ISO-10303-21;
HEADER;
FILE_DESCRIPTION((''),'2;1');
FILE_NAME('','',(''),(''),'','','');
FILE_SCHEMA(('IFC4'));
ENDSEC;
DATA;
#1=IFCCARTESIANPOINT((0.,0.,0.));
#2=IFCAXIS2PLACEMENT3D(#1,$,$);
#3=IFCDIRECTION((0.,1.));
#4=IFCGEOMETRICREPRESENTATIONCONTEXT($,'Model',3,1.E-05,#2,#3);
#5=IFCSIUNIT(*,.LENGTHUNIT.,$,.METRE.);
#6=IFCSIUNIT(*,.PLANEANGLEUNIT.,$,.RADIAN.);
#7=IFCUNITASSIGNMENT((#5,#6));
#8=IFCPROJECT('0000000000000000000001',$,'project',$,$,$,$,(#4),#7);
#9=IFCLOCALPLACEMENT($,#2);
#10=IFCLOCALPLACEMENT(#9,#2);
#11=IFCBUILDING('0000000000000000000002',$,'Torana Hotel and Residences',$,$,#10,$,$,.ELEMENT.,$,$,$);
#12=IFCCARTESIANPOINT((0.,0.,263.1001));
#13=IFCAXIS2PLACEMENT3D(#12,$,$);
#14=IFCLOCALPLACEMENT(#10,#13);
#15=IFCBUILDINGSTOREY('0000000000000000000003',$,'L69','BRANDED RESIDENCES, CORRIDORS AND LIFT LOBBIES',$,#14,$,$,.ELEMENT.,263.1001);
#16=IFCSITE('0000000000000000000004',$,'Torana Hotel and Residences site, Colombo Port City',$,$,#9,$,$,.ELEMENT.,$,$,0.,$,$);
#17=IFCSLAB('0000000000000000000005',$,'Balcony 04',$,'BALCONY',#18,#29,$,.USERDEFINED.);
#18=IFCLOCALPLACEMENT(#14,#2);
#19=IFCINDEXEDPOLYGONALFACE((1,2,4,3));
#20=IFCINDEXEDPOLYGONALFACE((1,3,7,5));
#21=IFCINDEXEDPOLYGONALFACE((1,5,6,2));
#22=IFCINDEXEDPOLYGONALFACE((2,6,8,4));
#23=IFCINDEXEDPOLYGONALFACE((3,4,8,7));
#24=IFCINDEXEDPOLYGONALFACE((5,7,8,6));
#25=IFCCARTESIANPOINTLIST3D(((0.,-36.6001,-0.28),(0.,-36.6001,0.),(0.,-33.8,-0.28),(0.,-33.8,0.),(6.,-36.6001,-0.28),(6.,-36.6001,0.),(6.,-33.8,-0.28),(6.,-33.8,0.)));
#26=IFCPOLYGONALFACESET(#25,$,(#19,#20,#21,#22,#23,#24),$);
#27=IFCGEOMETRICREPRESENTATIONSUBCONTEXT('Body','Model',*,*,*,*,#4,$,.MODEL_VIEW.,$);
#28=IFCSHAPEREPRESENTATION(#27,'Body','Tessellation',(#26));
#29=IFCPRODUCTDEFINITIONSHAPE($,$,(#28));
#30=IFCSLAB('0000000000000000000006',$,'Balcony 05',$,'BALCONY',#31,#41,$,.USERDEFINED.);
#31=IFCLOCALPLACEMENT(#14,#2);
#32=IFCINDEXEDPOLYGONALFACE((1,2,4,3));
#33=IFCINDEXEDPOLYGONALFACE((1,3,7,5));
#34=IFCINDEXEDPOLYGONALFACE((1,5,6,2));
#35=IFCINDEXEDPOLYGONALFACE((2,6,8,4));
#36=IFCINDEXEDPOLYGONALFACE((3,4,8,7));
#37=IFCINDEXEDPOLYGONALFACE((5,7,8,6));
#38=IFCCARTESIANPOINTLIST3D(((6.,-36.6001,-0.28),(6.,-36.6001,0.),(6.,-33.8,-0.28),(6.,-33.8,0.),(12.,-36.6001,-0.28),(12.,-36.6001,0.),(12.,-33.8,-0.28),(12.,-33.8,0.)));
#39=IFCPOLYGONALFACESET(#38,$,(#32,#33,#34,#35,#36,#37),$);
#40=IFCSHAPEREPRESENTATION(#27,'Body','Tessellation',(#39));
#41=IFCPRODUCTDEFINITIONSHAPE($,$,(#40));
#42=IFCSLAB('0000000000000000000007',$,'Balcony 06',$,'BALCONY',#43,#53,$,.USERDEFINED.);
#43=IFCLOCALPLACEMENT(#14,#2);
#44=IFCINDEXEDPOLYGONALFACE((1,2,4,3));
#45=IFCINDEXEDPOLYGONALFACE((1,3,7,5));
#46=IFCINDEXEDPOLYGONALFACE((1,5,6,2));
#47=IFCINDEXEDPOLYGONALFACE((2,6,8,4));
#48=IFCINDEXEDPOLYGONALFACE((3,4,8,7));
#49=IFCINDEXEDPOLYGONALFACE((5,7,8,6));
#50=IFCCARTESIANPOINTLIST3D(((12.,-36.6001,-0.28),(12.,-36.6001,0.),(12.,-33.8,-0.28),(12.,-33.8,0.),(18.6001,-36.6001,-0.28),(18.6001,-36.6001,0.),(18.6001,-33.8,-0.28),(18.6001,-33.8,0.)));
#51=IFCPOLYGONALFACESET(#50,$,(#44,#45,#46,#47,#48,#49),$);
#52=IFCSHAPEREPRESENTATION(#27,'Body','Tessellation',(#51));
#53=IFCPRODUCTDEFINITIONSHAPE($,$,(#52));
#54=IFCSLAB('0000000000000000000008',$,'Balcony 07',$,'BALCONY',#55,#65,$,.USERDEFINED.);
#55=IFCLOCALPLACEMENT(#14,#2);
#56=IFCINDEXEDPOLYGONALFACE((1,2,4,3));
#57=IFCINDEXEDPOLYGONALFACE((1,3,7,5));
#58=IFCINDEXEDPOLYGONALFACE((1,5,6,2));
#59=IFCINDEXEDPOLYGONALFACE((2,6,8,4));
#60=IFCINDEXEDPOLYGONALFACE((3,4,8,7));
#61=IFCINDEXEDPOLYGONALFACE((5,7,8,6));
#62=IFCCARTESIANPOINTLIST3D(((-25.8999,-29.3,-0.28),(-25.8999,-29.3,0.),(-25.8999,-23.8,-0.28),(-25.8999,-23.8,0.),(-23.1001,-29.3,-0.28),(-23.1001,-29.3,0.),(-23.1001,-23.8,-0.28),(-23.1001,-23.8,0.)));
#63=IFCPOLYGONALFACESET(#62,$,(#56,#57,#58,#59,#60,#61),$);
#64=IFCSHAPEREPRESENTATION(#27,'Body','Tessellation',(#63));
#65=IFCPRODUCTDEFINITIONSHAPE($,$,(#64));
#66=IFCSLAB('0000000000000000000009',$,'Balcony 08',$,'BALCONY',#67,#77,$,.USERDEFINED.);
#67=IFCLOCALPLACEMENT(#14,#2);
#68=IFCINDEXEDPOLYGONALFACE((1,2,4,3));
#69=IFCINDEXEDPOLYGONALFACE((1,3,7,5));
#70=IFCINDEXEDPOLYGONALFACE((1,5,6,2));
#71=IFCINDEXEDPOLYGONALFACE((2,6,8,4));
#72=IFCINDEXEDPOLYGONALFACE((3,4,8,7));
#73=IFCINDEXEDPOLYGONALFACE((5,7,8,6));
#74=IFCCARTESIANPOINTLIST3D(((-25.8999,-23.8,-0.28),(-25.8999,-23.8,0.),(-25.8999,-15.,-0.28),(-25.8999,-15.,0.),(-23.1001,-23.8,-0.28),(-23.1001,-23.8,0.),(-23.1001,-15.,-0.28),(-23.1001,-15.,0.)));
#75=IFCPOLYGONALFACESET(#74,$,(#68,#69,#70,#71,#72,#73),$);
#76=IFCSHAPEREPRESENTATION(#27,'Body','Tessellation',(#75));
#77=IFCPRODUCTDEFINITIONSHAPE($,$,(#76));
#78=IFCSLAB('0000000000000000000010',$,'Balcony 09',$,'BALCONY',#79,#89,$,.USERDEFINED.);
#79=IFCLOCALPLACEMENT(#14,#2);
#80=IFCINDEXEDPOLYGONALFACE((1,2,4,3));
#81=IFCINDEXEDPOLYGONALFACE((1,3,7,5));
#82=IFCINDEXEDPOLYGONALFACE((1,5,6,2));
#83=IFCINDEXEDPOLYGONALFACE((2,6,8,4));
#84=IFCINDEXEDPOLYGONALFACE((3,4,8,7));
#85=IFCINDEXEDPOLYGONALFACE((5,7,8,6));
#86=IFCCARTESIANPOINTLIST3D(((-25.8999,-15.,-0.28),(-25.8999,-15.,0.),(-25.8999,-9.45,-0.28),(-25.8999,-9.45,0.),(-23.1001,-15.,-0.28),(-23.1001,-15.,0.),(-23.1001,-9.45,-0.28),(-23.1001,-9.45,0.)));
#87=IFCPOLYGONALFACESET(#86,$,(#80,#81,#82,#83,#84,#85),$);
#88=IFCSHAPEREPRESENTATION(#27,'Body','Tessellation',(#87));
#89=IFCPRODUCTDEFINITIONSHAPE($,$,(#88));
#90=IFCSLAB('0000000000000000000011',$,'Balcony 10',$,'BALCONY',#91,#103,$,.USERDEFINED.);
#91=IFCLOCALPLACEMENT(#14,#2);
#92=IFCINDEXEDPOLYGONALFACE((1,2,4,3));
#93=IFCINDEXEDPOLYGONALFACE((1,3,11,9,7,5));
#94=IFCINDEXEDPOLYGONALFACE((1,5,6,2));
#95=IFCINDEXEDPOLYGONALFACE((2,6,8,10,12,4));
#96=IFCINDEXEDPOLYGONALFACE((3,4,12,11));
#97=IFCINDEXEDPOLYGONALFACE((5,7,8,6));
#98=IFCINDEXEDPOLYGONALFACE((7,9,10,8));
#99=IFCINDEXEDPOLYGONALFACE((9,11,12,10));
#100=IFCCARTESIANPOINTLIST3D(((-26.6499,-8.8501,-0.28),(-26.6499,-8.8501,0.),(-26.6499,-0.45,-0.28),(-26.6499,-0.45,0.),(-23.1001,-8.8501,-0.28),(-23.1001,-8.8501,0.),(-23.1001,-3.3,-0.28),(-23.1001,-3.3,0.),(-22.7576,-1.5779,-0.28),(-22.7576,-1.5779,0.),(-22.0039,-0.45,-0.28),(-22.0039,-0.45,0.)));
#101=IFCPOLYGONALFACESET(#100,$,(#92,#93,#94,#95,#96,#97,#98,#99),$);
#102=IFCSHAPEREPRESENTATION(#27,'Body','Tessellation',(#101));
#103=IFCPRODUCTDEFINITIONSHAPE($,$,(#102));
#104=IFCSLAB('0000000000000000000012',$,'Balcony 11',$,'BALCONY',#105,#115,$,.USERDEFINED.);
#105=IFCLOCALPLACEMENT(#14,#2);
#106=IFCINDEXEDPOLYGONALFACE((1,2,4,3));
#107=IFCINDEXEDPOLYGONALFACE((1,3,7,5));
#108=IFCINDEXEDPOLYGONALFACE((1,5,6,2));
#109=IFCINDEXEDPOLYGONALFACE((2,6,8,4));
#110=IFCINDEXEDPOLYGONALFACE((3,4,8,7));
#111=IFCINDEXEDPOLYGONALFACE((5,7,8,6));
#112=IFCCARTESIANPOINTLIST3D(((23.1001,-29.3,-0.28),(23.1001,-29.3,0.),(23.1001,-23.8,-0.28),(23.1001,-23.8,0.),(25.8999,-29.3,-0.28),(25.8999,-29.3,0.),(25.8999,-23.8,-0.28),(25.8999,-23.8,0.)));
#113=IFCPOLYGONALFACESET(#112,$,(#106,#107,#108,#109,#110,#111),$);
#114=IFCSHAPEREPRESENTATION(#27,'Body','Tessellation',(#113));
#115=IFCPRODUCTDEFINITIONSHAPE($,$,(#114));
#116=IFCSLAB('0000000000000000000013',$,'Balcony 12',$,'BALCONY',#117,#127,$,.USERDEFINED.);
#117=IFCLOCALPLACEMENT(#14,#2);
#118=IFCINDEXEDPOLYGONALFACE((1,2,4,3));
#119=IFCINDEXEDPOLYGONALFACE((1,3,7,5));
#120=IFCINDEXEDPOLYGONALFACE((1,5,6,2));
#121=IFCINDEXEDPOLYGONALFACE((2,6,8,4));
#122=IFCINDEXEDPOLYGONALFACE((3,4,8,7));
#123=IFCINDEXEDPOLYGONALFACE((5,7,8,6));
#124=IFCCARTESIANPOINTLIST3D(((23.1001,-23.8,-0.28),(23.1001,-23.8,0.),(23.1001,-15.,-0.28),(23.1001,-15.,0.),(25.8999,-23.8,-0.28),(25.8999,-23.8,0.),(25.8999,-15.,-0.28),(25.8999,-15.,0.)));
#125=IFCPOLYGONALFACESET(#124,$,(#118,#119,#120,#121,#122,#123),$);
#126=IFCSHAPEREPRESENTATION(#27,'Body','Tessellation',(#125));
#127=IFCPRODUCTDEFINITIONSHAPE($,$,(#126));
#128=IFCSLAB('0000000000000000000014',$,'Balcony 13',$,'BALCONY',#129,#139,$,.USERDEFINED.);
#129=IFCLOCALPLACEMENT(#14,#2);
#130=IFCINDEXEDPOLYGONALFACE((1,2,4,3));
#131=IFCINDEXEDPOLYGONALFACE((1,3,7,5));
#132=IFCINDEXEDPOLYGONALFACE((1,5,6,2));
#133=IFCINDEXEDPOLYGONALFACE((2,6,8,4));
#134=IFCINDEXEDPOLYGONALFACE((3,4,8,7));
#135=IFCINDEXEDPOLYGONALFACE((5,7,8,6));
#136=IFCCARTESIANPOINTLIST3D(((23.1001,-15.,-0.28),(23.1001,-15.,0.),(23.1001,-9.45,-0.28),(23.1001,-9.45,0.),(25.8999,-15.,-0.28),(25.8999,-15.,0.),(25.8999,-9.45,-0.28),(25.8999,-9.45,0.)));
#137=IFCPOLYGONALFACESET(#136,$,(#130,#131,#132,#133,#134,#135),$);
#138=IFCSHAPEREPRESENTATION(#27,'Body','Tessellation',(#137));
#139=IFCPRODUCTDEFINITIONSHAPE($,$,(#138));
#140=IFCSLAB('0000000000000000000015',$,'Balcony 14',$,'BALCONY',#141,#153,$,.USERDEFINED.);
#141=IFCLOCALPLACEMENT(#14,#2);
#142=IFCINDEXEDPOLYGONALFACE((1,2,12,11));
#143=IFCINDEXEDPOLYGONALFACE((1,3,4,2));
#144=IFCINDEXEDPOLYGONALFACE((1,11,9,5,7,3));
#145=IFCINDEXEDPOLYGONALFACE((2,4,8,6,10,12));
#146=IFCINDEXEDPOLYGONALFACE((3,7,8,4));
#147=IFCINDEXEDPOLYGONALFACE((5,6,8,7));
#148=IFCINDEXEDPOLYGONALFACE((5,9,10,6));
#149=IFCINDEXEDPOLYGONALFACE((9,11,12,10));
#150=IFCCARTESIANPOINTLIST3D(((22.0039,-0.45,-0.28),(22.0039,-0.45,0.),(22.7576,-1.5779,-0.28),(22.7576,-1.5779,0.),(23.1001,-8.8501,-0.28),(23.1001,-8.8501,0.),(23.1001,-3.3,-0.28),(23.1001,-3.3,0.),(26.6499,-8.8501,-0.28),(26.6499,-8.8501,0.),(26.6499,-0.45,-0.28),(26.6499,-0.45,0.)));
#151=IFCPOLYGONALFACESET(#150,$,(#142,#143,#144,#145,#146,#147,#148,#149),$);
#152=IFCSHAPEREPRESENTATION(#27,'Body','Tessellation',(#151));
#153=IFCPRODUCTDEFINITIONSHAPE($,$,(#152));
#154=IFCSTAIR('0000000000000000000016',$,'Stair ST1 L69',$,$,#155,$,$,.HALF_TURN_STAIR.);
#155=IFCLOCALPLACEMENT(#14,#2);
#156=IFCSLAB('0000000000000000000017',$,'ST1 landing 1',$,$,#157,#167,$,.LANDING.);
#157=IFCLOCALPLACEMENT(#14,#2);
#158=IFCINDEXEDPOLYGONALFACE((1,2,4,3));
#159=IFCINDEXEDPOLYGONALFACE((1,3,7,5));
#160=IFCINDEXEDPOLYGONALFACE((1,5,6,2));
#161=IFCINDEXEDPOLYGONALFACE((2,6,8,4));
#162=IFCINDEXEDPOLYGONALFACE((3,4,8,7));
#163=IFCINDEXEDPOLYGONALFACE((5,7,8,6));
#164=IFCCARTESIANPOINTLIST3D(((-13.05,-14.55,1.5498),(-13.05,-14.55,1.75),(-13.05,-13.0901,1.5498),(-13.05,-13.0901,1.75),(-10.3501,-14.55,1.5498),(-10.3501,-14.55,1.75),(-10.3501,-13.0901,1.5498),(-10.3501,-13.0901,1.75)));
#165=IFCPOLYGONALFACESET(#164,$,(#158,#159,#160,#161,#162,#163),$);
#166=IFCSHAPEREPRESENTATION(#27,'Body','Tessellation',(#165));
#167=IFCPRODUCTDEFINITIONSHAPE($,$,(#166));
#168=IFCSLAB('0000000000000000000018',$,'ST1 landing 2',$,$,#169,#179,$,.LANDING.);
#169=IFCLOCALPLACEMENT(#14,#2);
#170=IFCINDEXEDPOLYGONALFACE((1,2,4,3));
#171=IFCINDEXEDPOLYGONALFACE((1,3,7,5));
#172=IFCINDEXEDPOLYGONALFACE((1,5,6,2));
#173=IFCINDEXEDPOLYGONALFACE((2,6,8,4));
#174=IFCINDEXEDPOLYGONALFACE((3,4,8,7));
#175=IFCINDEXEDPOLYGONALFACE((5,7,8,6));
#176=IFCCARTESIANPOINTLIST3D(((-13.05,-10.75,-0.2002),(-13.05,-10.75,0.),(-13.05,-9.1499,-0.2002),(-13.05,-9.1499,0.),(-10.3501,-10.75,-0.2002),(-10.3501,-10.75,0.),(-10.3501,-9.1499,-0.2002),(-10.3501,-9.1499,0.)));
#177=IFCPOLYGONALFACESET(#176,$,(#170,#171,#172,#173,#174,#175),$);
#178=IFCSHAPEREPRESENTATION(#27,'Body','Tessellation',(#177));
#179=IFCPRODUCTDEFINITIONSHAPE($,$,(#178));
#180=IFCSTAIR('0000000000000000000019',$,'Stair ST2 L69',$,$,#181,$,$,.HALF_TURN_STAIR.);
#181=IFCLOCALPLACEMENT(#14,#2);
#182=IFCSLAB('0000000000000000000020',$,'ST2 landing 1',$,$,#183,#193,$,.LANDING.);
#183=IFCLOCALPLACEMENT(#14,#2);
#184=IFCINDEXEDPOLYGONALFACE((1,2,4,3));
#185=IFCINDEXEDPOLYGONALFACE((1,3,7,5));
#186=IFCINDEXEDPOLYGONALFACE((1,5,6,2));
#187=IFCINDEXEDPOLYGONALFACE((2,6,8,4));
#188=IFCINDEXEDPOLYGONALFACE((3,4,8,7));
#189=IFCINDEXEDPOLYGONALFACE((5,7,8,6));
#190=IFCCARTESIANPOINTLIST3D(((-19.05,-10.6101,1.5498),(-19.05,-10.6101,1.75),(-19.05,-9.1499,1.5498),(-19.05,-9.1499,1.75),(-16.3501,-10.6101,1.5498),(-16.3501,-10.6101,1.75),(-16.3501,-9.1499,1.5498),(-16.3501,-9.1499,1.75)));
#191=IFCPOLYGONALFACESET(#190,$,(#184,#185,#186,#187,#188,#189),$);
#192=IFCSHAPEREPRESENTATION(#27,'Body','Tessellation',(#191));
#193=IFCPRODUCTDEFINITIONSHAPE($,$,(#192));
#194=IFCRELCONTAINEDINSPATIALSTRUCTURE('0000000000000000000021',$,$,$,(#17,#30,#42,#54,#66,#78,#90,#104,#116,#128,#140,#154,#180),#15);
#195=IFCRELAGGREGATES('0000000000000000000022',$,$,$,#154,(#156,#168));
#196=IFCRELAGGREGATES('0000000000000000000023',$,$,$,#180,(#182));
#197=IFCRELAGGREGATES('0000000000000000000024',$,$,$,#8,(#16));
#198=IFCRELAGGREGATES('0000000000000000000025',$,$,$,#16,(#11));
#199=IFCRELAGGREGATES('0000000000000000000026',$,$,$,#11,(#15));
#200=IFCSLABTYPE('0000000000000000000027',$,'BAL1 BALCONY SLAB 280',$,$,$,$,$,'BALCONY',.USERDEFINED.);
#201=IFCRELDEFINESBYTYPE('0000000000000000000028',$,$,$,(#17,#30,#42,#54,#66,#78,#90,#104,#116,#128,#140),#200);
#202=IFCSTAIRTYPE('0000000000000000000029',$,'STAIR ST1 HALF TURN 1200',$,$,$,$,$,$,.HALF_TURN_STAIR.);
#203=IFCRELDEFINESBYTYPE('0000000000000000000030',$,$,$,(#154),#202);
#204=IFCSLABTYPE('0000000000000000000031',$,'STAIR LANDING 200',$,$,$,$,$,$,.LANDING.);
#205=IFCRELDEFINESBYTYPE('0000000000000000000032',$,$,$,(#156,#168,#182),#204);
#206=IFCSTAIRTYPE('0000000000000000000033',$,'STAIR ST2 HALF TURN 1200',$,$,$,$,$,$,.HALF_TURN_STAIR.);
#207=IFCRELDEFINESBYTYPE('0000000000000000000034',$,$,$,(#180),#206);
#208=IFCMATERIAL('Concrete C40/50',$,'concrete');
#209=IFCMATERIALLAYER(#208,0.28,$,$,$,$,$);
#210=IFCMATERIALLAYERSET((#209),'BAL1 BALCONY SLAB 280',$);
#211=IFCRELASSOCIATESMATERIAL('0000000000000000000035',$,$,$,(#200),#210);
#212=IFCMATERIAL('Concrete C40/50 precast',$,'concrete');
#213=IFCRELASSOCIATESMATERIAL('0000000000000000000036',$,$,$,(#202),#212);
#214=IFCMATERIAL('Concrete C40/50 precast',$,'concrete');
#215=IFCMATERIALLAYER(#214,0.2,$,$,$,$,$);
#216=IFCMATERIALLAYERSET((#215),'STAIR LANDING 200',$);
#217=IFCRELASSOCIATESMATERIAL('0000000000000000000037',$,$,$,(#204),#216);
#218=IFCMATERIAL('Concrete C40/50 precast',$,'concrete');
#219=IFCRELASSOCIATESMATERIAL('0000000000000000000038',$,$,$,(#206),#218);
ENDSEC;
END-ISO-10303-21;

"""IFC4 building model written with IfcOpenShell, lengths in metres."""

from ifc_helpers import new_model, si_unit, direction, frame, origin, place, context, subcontext, project, spatial, polyline, outline, extrude, material, layer, layer_set, type_object, element, aggregate, save


model = new_model("IFC4")

# Units and contexts
model_context = context("Model", 3, precision=1e-05, world=origin(), true_north=direction((0.0, 1.0)))
body_context = subcontext(model_context, "Body", "Model", "MODEL_VIEW")
ifc_project = project(units=[si_unit("LENGTHUNIT", "METRE"), si_unit("PLANEANGLEUNIT", "RADIAN")], contexts=[model_context])

# Site, building, storey
site_placement = place(None, origin())
site = spatial("IfcSite", under=ifc_project, at=site_placement, Name="Torana Hotel and Residences site, Colombo Port City", CompositionType="ELEMENT", RefElevation=0.0)
building_placement = place(site_placement, origin())
building = spatial("IfcBuilding", under=site, at=building_placement, Name="Torana Hotel and Residences", CompositionType="ELEMENT")
storey_placement = place(building_placement, frame((0.0, 0.0, 263.1001)))
storey = spatial("IfcBuildingStorey", under=building, at=storey_placement, Name="L69", Description="BRANDED RESIDENCES, CORRIDORS AND LIFT LOBBIES", CompositionType="ELEMENT", Elevation=263.1001)

# Slabs
ifc_material_1 = material(Name="Concrete C40/50", Category="concrete")
ifc_layer_1 = layer(ifc_material_1, 0.28)
ifc_layer_set_1 = layer_set([ifc_layer_1], Name="BAL1 BALCONY SLAB 280")
slab_type_1 = type_object("IfcSlabType", Name="BAL1 BALCONY SLAB 280", ElementType="BALCONY", PredefinedType="USERDEFINED", material=ifc_layer_set_1)
slab_1_placement = place(storey_placement, frame((0.0, 0.0, -0.28)))
element("IfcSlab", 1, at=slab_1_placement, inside=storey, type_object=slab_type_1, Name="Balcony 04", ObjectType="BALCONY", PredefinedType="USERDEFINED", context=body_context, shape_type="SweptSolid", body=[
    extrude(outline(polyline([(0.0, -36.6001), (6.0, -36.6001), (6.0, -33.8), (0.0, -33.8), (0.0, -36.6001)])), origin(), (0.0, 0.0, 1.0), 0.28),
])
slab_2_placement = place(storey_placement, frame((0.0, 0.0, -0.28)))
element("IfcSlab", 2, at=slab_2_placement, inside=storey, type_object=slab_type_1, Name="Balcony 05", ObjectType="BALCONY", PredefinedType="USERDEFINED", context=body_context, shape_type="SweptSolid", body=[
    extrude(outline(polyline([(6.0, -36.6001), (12.0, -36.6001), (12.0, -33.8), (6.0, -33.8), (6.0, -36.6001)])), origin(), (0.0, 0.0, 1.0), 0.28),
])
slab_3_placement = place(storey_placement, frame((0.0, 0.0, -0.28)))
element("IfcSlab", 3, at=slab_3_placement, inside=storey, type_object=slab_type_1, Name="Balcony 06", ObjectType="BALCONY", PredefinedType="USERDEFINED", context=body_context, shape_type="SweptSolid", body=[
    extrude(outline(polyline([(12.0, -36.6001), (18.6001, -36.6001), (18.6001, -33.8), (12.0, -33.8), (12.0, -36.6001)])), origin(), (0.0, 0.0, 1.0), 0.28),
])
slab_4_placement = place(storey_placement, frame((0.0, 0.0, -0.28)))
element("IfcSlab", 4, at=slab_4_placement, inside=storey, type_object=slab_type_1, Name="Balcony 07", ObjectType="BALCONY", PredefinedType="USERDEFINED", context=body_context, shape_type="SweptSolid", body=[
    extrude(outline(polyline([(-25.8999, -29.3), (-23.1001, -29.3), (-23.1001, -23.8), (-25.8999, -23.8), (-25.8999, -29.3)])), origin(), (0.0, 0.0, 1.0), 0.28),
])
slab_5_placement = place(storey_placement, frame((0.0, 0.0, -0.28)))
element("IfcSlab", 5, at=slab_5_placement, inside=storey, type_object=slab_type_1, Name="Balcony 08", ObjectType="BALCONY", PredefinedType="USERDEFINED", context=body_context, shape_type="SweptSolid", body=[
    extrude(outline(polyline([(-25.8999, -23.8), (-23.1001, -23.8), (-23.1001, -15.0), (-25.8999, -15.0), (-25.8999, -23.8)])), origin(), (0.0, 0.0, 1.0), 0.28),
])
slab_6_placement = place(storey_placement, frame((0.0, 0.0, -0.28)))
element("IfcSlab", 6, at=slab_6_placement, inside=storey, type_object=slab_type_1, Name="Balcony 09", ObjectType="BALCONY", PredefinedType="USERDEFINED", context=body_context, shape_type="SweptSolid", body=[
    extrude(outline(polyline([(-25.8999, -15.0), (-23.1001, -15.0), (-23.1001, -9.45), (-25.8999, -9.45), (-25.8999, -15.0)])), origin(), (0.0, 0.0, 1.0), 0.28),
])
slab_7_placement = place(storey_placement, frame((0.0, 0.0, -0.28)))
element("IfcSlab", 7, at=slab_7_placement, inside=storey, type_object=slab_type_1, Name="Balcony 10", ObjectType="BALCONY", PredefinedType="USERDEFINED", context=body_context, shape_type="SweptSolid", body=[
    extrude(outline(polyline([(-26.6499, -8.8501), (-23.1001, -8.8501), (-23.1001, -3.3), (-22.7576, -1.5779), (-22.0039, -0.45), (-26.6499, -0.45), (-26.6499, -8.8501)])), origin(), (0.0, 0.0, 1.0), 0.28),
])
slab_8_placement = place(storey_placement, frame((0.0, 0.0, -0.28)))
element("IfcSlab", 8, at=slab_8_placement, inside=storey, type_object=slab_type_1, Name="Balcony 11", ObjectType="BALCONY", PredefinedType="USERDEFINED", context=body_context, shape_type="SweptSolid", body=[
    extrude(outline(polyline([(23.1001, -29.3), (25.8999, -29.3), (25.8999, -23.8), (23.1001, -23.8), (23.1001, -29.3)])), origin(), (0.0, 0.0, 1.0), 0.28),
])
slab_9_placement = place(storey_placement, frame((0.0, 0.0, -0.28)))
element("IfcSlab", 9, at=slab_9_placement, inside=storey, type_object=slab_type_1, Name="Balcony 12", ObjectType="BALCONY", PredefinedType="USERDEFINED", context=body_context, shape_type="SweptSolid", body=[
    extrude(outline(polyline([(23.1001, -23.8), (25.8999, -23.8), (25.8999, -15.0), (23.1001, -15.0), (23.1001, -23.8)])), origin(), (0.0, 0.0, 1.0), 0.28),
])
slab_10_placement = place(storey_placement, frame((0.0, 0.0, -0.28)))
element("IfcSlab", 10, at=slab_10_placement, inside=storey, type_object=slab_type_1, Name="Balcony 13", ObjectType="BALCONY", PredefinedType="USERDEFINED", context=body_context, shape_type="SweptSolid", body=[
    extrude(outline(polyline([(23.1001, -15.0), (25.8999, -15.0), (25.8999, -9.45), (23.1001, -9.45), (23.1001, -15.0)])), origin(), (0.0, 0.0, 1.0), 0.28),
])
slab_11_placement = place(storey_placement, frame((0.0, 0.0, -0.28)))
element("IfcSlab", 11, at=slab_11_placement, inside=storey, type_object=slab_type_1, Name="Balcony 14", ObjectType="BALCONY", PredefinedType="USERDEFINED", context=body_context, shape_type="SweptSolid", body=[
    extrude(outline(polyline([(23.1001, -8.8501), (26.6499, -8.8501), (26.6499, -0.45), (22.0039, -0.45), (22.7576, -1.5779), (23.1001, -3.3), (23.1001, -8.8501)])), origin(), (0.0, 0.0, 1.0), 0.28),
])

# Stairs, slabs
ifc_material_2 = material(Name="Concrete C40/50 precast", Category="concrete")
stair_type_1 = type_object("IfcStairType", Name="STAIR ST1 HALF TURN 1200", PredefinedType="HALF_TURN_STAIR", material=ifc_material_2)
stair_1_placement = place(storey_placement, origin())
stair_1 = element("IfcStair", 12, at=stair_1_placement, inside=storey, type_object=stair_type_1, Name="Stair ST1 L69", PredefinedType="HALF_TURN_STAIR")
ifc_material_3 = material(Name="Concrete C40/50 precast", Category="concrete")
ifc_layer_2 = layer(ifc_material_3, 0.2)
ifc_layer_set_2 = layer_set([ifc_layer_2], Name="STAIR LANDING 200")
slab_type_2 = type_object("IfcSlabType", Name="STAIR LANDING 200", PredefinedType="LANDING", material=ifc_layer_set_2)
slab_12_placement = place(storey_placement, frame((0.0, 0.0, 1.5498)))
slab_12 = element("IfcSlab", 13, at=slab_12_placement, type_object=slab_type_2, Name="ST1 landing 1", PredefinedType="LANDING", context=body_context, shape_type="SweptSolid", body=[
    extrude(outline(polyline([(-13.05, -14.55), (-10.3501, -14.55), (-10.3501, -13.0901), (-13.05, -13.0901), (-13.05, -14.55)])), origin(), (0.0, 0.0, 1.0), 0.2002),
])
slab_13_placement = place(storey_placement, frame((0.0, 0.0, -0.2002)))
slab_13 = element("IfcSlab", 14, at=slab_13_placement, type_object=slab_type_2, Name="ST1 landing 2", PredefinedType="LANDING", context=body_context, shape_type="SweptSolid", body=[
    extrude(outline(polyline([(-13.05, -10.75), (-10.3501, -10.75), (-10.3501, -9.1499), (-13.05, -9.1499), (-13.05, -10.75)])), origin(), (0.0, 0.0, 1.0), 0.2002),
])
aggregate(stair_1, [slab_12, slab_13])
ifc_material_4 = material(Name="Concrete C40/50 precast", Category="concrete")
stair_type_2 = type_object("IfcStairType", Name="STAIR ST2 HALF TURN 1200", PredefinedType="HALF_TURN_STAIR", material=ifc_material_4)
stair_2_placement = place(storey_placement, origin())
stair_2 = element("IfcStair", 15, at=stair_2_placement, inside=storey, type_object=stair_type_2, Name="Stair ST2 L69", PredefinedType="HALF_TURN_STAIR")
slab_14_placement = place(storey_placement, frame((0.0, 0.0, 1.5498)))
slab_14 = element("IfcSlab", 16, at=slab_14_placement, type_object=slab_type_2, Name="ST2 landing 1", PredefinedType="LANDING", context=body_context, shape_type="SweptSolid", body=[
    extrude(outline(polyline([(-19.05, -10.6101), (-16.3501, -10.6101), (-16.3501, -9.1499), (-19.05, -9.1499), (-19.05, -10.6101)])), origin(), (0.0, 0.0, 1.0), 0.2002),
])
aggregate(stair_2, [slab_14])

save(model, "model.ifc")
